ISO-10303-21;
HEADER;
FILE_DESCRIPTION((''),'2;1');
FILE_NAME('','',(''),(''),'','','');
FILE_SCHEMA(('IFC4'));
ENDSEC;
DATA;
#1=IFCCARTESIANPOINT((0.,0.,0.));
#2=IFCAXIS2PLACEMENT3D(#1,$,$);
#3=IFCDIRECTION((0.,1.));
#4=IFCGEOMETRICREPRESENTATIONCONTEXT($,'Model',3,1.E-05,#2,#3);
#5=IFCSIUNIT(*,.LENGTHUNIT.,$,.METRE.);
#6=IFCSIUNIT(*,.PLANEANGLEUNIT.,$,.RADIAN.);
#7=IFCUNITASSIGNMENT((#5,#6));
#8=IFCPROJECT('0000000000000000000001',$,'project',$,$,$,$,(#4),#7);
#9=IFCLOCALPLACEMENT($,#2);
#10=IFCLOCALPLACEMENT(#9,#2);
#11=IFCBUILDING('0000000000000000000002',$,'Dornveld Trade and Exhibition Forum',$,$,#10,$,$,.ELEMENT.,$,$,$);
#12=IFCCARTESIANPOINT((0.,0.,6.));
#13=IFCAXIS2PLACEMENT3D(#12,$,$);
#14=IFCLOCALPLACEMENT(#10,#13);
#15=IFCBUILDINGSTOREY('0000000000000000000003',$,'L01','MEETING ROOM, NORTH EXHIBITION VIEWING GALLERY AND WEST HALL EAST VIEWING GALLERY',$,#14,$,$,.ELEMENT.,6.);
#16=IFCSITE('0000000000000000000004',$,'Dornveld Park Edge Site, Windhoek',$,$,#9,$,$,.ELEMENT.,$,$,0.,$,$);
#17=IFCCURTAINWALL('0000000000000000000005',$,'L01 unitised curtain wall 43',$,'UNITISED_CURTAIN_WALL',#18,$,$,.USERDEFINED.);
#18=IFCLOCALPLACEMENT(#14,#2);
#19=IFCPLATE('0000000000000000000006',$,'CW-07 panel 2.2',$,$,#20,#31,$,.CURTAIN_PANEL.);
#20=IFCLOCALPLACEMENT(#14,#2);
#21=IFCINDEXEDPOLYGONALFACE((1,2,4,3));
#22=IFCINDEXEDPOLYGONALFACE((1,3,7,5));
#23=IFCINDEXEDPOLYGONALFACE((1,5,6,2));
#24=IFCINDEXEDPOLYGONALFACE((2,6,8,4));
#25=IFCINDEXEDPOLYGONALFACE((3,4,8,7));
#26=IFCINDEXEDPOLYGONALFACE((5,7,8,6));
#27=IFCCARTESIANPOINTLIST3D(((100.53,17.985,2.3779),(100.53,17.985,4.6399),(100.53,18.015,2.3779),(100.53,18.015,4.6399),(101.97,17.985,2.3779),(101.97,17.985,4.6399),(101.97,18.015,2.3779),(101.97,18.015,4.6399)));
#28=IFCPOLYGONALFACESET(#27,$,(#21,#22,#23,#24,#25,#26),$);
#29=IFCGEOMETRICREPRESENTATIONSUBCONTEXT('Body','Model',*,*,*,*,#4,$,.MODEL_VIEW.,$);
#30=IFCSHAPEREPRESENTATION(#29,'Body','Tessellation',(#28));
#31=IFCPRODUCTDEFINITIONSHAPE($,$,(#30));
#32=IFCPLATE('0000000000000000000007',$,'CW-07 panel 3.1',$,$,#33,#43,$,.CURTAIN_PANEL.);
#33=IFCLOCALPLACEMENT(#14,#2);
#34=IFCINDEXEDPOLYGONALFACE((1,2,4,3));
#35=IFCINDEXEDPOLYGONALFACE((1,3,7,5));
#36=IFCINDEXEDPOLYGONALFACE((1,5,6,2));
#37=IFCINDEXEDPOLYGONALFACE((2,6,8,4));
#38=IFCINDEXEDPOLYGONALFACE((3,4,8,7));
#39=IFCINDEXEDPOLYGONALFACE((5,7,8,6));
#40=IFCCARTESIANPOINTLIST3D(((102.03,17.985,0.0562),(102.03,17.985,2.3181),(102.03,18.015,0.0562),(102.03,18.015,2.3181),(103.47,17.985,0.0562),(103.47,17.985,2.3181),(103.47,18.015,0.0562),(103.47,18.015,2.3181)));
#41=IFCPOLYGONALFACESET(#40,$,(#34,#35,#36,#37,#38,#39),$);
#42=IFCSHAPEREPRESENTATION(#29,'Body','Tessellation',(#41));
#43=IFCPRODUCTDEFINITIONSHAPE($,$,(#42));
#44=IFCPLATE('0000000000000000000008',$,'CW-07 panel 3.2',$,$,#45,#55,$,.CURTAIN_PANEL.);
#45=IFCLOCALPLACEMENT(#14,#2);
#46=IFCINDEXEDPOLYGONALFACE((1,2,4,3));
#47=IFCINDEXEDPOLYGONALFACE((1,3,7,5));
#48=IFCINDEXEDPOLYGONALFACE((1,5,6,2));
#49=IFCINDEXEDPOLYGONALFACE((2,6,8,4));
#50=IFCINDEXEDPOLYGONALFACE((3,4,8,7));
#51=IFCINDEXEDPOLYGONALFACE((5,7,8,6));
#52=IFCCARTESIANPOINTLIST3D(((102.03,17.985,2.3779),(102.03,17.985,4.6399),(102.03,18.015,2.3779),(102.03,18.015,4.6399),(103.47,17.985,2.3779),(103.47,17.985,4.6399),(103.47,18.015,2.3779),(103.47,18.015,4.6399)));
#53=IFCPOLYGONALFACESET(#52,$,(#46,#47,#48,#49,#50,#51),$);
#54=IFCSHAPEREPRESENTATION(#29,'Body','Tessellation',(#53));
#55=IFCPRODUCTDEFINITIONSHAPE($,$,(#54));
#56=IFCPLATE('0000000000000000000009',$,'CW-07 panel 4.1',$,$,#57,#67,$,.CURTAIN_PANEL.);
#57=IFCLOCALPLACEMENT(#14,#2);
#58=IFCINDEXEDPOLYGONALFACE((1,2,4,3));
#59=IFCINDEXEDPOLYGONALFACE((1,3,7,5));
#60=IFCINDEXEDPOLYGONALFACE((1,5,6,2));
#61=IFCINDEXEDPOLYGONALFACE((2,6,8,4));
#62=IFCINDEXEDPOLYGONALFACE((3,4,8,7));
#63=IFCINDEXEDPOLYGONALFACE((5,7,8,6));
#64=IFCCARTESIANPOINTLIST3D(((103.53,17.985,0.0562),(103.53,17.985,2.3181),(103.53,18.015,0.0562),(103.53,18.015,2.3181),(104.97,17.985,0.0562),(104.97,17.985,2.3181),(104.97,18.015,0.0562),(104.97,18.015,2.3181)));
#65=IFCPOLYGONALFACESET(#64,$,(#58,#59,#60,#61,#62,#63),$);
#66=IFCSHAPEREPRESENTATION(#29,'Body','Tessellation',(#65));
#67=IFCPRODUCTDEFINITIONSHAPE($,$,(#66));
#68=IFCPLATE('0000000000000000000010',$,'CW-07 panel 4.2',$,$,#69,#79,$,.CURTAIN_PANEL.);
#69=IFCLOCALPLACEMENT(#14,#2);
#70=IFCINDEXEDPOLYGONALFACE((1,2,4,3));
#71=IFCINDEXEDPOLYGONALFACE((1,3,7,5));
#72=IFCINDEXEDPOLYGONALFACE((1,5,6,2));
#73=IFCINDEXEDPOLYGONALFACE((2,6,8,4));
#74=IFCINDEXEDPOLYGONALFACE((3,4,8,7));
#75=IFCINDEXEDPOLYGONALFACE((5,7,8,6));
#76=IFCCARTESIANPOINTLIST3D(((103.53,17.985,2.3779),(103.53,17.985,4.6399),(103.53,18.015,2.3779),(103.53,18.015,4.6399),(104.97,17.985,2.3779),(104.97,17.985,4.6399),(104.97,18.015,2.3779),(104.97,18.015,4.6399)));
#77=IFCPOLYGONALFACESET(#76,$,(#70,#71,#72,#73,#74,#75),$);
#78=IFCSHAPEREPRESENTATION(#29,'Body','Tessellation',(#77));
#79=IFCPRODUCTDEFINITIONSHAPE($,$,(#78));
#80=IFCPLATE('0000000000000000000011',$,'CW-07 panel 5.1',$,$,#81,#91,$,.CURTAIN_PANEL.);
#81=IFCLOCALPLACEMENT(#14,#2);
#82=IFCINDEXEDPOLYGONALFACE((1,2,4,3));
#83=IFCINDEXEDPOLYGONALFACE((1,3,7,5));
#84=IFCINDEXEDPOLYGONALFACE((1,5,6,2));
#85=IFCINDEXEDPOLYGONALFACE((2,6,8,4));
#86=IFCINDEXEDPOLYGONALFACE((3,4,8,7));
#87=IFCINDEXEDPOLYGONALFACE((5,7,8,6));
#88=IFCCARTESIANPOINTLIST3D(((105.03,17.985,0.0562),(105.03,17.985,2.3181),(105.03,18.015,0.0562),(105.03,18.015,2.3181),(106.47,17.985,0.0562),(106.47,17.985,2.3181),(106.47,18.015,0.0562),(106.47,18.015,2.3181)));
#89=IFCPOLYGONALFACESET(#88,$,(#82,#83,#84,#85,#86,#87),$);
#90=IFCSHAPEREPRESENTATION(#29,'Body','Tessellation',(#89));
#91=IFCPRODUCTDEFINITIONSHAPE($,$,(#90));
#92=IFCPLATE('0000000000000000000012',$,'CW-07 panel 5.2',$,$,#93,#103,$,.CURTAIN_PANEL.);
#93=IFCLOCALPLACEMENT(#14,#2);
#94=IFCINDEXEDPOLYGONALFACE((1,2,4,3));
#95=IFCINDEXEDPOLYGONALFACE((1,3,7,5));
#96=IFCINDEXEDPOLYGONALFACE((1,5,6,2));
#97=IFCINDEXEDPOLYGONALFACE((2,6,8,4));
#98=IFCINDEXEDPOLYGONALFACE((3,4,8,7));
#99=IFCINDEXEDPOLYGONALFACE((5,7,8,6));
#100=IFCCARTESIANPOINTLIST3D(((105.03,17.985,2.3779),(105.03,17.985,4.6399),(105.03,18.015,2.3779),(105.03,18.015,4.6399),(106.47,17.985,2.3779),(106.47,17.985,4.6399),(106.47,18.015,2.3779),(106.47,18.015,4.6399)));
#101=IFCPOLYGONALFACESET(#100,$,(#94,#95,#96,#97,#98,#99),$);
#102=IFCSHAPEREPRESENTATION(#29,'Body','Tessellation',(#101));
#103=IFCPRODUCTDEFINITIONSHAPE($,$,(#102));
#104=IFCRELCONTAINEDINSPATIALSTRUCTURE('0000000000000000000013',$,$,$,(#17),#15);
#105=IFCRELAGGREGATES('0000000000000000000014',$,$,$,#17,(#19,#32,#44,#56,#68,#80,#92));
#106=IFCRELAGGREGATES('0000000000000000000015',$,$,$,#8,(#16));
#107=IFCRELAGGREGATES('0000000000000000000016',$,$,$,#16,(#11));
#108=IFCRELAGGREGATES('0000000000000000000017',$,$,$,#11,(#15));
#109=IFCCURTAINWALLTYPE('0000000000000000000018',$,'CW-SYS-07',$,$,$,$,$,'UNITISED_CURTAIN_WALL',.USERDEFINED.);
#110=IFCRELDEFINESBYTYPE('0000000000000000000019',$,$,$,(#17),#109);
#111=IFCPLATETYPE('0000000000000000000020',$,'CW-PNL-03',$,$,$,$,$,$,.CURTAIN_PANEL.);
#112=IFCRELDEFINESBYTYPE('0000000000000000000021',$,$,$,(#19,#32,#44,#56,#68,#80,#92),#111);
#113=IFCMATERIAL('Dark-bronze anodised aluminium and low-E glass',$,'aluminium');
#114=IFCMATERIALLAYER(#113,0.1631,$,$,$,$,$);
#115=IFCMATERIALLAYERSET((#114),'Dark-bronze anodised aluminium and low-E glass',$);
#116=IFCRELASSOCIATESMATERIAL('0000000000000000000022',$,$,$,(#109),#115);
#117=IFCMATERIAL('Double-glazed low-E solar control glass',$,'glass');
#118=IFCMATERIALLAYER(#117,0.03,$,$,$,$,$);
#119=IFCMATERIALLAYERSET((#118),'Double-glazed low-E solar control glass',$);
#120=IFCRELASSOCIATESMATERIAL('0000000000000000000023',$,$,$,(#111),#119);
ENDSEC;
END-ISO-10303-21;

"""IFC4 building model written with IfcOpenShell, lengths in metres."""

from ifc_helpers import new_model, si_unit, direction, frame, origin, origin_2d, place, context, subcontext, project, spatial, rectangle, extrude, material, layer, layer_set, type_object, element, aggregate, save


model = new_model("IFC4")

# Units and contexts
model_context = context("Model", 3, precision=1e-05, world=origin(), true_north=direction((0.0, 1.0)))
body_context = subcontext(model_context, "Body", "Model", "MODEL_VIEW")
ifc_project = project(units=[si_unit("LENGTHUNIT", "METRE"), si_unit("PLANEANGLEUNIT", "RADIAN")], contexts=[model_context])

# Site, building, storey
site_placement = place(None, origin())
site = spatial("IfcSite", under=ifc_project, at=site_placement, Name="Dornveld Park Edge Site, Windhoek", CompositionType="ELEMENT", RefElevation=0.0)
building_placement = place(site_placement, origin())
building = spatial("IfcBuilding", under=site, at=building_placement, Name="Dornveld Trade and Exhibition Forum", CompositionType="ELEMENT")
storey_placement = place(building_placement, frame((0.0, 0.0, 6.0)))
storey = spatial("IfcBuildingStorey", under=building, at=storey_placement, Name="L01", Description="MEETING ROOM, NORTH EXHIBITION VIEWING GALLERY AND WEST HALL EAST VIEWING GALLERY", CompositionType="ELEMENT", Elevation=6.0)

# Curtain wall, plates
ifc_material_1 = material(Name="Dark-bronze anodised aluminium and low-E glass", Category="aluminium")
ifc_layer_1 = layer(ifc_material_1, 0.1631)
ifc_layer_set_1 = layer_set([ifc_layer_1], Name="Dark-bronze anodised aluminium and low-E glass")
curtain_wall_type = type_object("IfcCurtainWallType", Name="CW-SYS-07", ElementType="UNITISED_CURTAIN_WALL", PredefinedType="USERDEFINED", material=ifc_layer_set_1)
curtain_wall_placement = place(storey_placement, origin())
curtain_wall = element("IfcCurtainWall", 1, at=curtain_wall_placement, inside=storey, type_object=curtain_wall_type, Name="L01 unitised curtain wall 43", ObjectType="UNITISED_CURTAIN_WALL", PredefinedType="USERDEFINED")
ifc_material_2 = material(Name="Double-glazed low-E solar control glass", Category="glass")
ifc_layer_2 = layer(ifc_material_2, 0.03)
ifc_layer_set_2 = layer_set([ifc_layer_2], Name="Double-glazed low-E solar control glass")
plate_type = type_object("IfcPlateType", Name="CW-PNL-03", PredefinedType="CURTAIN_PANEL", material=ifc_layer_set_2)
plate_1_placement = place(storey_placement, frame((101.25, 18.0, 2.3779), z_axis=(0.0, 0.0, 1.0), x_axis=(1.0, 0.0, 0.0)))
plate_1 = element("IfcPlate", 2, at=plate_1_placement, type_object=plate_type, Name="CW-07 panel 2.2", PredefinedType="CURTAIN_PANEL", context=body_context, shape_type="SweptSolid", body=[
    extrude(rectangle(XDim=1.4399, YDim=0.03, at=origin_2d()), origin(), (0.0, 0.0, 1.0), 2.262),
])
plate_2_placement = place(storey_placement, frame((102.75, 18.0, 0.0562), z_axis=(0.0, 0.0, 1.0), x_axis=(1.0, 0.0, 0.0)))
plate_2 = element("IfcPlate", 3, at=plate_2_placement, type_object=plate_type, Name="CW-07 panel 3.1", PredefinedType="CURTAIN_PANEL", context=body_context, shape_type="SweptSolid", body=[
    extrude(rectangle(XDim=1.4399, YDim=0.03, at=origin_2d()), origin(), (0.0, 0.0, 1.0), 2.262),
])
plate_3_placement = place(storey_placement, frame((102.75, 18.0, 2.3779), z_axis=(0.0, 0.0, 1.0), x_axis=(1.0, 0.0, 0.0)))
plate_3 = element("IfcPlate", 4, at=plate_3_placement, type_object=plate_type, Name="CW-07 panel 3.2", PredefinedType="CURTAIN_PANEL", context=body_context, shape_type="SweptSolid", body=[
    extrude(rectangle(XDim=1.4399, YDim=0.03, at=origin_2d()), origin(), (0.0, 0.0, 1.0), 2.262),
])
plate_4_placement = place(storey_placement, frame((104.25, 18.0, 0.0562), z_axis=(0.0, 0.0, 1.0), x_axis=(1.0, 0.0, 0.0)))
plate_4 = element("IfcPlate", 5, at=plate_4_placement, type_object=plate_type, Name="CW-07 panel 4.1", PredefinedType="CURTAIN_PANEL", context=body_context, shape_type="SweptSolid", body=[
    extrude(rectangle(XDim=1.4399, YDim=0.03, at=origin_2d()), origin(), (0.0, 0.0, 1.0), 2.262),
])
plate_5_placement = place(storey_placement, frame((104.25, 18.0, 2.3779), z_axis=(0.0, 0.0, 1.0), x_axis=(1.0, 0.0, 0.0)))
plate_5 = element("IfcPlate", 6, at=plate_5_placement, type_object=plate_type, Name="CW-07 panel 4.2", PredefinedType="CURTAIN_PANEL", context=body_context, shape_type="SweptSolid", body=[
    extrude(rectangle(XDim=1.4399, YDim=0.03, at=origin_2d()), origin(), (0.0, 0.0, 1.0), 2.262),
])
plate_6_placement = place(storey_placement, frame((105.75, 18.0, 0.0562), z_axis=(0.0, 0.0, 1.0), x_axis=(1.0, 0.0, 0.0)))
plate_6 = element("IfcPlate", 7, at=plate_6_placement, type_object=plate_type, Name="CW-07 panel 5.1", PredefinedType="CURTAIN_PANEL", context=body_context, shape_type="SweptSolid", body=[
    extrude(rectangle(XDim=1.4399, YDim=0.03, at=origin_2d()), origin(), (0.0, 0.0, 1.0), 2.262),
])
plate_7_placement = place(storey_placement, frame((105.75, 18.0, 2.3779), z_axis=(0.0, 0.0, 1.0), x_axis=(1.0, 0.0, 0.0)))
plate_7 = element("IfcPlate", 8, at=plate_7_placement, type_object=plate_type, Name="CW-07 panel 5.2", PredefinedType="CURTAIN_PANEL", context=body_context, shape_type="SweptSolid", body=[
    extrude(rectangle(XDim=1.4399, YDim=0.03, at=origin_2d()), origin(), (0.0, 0.0, 1.0), 2.262),
])
aggregate(curtain_wall, [plate_1, plate_2, plate_3, plate_4, plate_5, plate_6, plate_7])

save(model, "model.ifc")
